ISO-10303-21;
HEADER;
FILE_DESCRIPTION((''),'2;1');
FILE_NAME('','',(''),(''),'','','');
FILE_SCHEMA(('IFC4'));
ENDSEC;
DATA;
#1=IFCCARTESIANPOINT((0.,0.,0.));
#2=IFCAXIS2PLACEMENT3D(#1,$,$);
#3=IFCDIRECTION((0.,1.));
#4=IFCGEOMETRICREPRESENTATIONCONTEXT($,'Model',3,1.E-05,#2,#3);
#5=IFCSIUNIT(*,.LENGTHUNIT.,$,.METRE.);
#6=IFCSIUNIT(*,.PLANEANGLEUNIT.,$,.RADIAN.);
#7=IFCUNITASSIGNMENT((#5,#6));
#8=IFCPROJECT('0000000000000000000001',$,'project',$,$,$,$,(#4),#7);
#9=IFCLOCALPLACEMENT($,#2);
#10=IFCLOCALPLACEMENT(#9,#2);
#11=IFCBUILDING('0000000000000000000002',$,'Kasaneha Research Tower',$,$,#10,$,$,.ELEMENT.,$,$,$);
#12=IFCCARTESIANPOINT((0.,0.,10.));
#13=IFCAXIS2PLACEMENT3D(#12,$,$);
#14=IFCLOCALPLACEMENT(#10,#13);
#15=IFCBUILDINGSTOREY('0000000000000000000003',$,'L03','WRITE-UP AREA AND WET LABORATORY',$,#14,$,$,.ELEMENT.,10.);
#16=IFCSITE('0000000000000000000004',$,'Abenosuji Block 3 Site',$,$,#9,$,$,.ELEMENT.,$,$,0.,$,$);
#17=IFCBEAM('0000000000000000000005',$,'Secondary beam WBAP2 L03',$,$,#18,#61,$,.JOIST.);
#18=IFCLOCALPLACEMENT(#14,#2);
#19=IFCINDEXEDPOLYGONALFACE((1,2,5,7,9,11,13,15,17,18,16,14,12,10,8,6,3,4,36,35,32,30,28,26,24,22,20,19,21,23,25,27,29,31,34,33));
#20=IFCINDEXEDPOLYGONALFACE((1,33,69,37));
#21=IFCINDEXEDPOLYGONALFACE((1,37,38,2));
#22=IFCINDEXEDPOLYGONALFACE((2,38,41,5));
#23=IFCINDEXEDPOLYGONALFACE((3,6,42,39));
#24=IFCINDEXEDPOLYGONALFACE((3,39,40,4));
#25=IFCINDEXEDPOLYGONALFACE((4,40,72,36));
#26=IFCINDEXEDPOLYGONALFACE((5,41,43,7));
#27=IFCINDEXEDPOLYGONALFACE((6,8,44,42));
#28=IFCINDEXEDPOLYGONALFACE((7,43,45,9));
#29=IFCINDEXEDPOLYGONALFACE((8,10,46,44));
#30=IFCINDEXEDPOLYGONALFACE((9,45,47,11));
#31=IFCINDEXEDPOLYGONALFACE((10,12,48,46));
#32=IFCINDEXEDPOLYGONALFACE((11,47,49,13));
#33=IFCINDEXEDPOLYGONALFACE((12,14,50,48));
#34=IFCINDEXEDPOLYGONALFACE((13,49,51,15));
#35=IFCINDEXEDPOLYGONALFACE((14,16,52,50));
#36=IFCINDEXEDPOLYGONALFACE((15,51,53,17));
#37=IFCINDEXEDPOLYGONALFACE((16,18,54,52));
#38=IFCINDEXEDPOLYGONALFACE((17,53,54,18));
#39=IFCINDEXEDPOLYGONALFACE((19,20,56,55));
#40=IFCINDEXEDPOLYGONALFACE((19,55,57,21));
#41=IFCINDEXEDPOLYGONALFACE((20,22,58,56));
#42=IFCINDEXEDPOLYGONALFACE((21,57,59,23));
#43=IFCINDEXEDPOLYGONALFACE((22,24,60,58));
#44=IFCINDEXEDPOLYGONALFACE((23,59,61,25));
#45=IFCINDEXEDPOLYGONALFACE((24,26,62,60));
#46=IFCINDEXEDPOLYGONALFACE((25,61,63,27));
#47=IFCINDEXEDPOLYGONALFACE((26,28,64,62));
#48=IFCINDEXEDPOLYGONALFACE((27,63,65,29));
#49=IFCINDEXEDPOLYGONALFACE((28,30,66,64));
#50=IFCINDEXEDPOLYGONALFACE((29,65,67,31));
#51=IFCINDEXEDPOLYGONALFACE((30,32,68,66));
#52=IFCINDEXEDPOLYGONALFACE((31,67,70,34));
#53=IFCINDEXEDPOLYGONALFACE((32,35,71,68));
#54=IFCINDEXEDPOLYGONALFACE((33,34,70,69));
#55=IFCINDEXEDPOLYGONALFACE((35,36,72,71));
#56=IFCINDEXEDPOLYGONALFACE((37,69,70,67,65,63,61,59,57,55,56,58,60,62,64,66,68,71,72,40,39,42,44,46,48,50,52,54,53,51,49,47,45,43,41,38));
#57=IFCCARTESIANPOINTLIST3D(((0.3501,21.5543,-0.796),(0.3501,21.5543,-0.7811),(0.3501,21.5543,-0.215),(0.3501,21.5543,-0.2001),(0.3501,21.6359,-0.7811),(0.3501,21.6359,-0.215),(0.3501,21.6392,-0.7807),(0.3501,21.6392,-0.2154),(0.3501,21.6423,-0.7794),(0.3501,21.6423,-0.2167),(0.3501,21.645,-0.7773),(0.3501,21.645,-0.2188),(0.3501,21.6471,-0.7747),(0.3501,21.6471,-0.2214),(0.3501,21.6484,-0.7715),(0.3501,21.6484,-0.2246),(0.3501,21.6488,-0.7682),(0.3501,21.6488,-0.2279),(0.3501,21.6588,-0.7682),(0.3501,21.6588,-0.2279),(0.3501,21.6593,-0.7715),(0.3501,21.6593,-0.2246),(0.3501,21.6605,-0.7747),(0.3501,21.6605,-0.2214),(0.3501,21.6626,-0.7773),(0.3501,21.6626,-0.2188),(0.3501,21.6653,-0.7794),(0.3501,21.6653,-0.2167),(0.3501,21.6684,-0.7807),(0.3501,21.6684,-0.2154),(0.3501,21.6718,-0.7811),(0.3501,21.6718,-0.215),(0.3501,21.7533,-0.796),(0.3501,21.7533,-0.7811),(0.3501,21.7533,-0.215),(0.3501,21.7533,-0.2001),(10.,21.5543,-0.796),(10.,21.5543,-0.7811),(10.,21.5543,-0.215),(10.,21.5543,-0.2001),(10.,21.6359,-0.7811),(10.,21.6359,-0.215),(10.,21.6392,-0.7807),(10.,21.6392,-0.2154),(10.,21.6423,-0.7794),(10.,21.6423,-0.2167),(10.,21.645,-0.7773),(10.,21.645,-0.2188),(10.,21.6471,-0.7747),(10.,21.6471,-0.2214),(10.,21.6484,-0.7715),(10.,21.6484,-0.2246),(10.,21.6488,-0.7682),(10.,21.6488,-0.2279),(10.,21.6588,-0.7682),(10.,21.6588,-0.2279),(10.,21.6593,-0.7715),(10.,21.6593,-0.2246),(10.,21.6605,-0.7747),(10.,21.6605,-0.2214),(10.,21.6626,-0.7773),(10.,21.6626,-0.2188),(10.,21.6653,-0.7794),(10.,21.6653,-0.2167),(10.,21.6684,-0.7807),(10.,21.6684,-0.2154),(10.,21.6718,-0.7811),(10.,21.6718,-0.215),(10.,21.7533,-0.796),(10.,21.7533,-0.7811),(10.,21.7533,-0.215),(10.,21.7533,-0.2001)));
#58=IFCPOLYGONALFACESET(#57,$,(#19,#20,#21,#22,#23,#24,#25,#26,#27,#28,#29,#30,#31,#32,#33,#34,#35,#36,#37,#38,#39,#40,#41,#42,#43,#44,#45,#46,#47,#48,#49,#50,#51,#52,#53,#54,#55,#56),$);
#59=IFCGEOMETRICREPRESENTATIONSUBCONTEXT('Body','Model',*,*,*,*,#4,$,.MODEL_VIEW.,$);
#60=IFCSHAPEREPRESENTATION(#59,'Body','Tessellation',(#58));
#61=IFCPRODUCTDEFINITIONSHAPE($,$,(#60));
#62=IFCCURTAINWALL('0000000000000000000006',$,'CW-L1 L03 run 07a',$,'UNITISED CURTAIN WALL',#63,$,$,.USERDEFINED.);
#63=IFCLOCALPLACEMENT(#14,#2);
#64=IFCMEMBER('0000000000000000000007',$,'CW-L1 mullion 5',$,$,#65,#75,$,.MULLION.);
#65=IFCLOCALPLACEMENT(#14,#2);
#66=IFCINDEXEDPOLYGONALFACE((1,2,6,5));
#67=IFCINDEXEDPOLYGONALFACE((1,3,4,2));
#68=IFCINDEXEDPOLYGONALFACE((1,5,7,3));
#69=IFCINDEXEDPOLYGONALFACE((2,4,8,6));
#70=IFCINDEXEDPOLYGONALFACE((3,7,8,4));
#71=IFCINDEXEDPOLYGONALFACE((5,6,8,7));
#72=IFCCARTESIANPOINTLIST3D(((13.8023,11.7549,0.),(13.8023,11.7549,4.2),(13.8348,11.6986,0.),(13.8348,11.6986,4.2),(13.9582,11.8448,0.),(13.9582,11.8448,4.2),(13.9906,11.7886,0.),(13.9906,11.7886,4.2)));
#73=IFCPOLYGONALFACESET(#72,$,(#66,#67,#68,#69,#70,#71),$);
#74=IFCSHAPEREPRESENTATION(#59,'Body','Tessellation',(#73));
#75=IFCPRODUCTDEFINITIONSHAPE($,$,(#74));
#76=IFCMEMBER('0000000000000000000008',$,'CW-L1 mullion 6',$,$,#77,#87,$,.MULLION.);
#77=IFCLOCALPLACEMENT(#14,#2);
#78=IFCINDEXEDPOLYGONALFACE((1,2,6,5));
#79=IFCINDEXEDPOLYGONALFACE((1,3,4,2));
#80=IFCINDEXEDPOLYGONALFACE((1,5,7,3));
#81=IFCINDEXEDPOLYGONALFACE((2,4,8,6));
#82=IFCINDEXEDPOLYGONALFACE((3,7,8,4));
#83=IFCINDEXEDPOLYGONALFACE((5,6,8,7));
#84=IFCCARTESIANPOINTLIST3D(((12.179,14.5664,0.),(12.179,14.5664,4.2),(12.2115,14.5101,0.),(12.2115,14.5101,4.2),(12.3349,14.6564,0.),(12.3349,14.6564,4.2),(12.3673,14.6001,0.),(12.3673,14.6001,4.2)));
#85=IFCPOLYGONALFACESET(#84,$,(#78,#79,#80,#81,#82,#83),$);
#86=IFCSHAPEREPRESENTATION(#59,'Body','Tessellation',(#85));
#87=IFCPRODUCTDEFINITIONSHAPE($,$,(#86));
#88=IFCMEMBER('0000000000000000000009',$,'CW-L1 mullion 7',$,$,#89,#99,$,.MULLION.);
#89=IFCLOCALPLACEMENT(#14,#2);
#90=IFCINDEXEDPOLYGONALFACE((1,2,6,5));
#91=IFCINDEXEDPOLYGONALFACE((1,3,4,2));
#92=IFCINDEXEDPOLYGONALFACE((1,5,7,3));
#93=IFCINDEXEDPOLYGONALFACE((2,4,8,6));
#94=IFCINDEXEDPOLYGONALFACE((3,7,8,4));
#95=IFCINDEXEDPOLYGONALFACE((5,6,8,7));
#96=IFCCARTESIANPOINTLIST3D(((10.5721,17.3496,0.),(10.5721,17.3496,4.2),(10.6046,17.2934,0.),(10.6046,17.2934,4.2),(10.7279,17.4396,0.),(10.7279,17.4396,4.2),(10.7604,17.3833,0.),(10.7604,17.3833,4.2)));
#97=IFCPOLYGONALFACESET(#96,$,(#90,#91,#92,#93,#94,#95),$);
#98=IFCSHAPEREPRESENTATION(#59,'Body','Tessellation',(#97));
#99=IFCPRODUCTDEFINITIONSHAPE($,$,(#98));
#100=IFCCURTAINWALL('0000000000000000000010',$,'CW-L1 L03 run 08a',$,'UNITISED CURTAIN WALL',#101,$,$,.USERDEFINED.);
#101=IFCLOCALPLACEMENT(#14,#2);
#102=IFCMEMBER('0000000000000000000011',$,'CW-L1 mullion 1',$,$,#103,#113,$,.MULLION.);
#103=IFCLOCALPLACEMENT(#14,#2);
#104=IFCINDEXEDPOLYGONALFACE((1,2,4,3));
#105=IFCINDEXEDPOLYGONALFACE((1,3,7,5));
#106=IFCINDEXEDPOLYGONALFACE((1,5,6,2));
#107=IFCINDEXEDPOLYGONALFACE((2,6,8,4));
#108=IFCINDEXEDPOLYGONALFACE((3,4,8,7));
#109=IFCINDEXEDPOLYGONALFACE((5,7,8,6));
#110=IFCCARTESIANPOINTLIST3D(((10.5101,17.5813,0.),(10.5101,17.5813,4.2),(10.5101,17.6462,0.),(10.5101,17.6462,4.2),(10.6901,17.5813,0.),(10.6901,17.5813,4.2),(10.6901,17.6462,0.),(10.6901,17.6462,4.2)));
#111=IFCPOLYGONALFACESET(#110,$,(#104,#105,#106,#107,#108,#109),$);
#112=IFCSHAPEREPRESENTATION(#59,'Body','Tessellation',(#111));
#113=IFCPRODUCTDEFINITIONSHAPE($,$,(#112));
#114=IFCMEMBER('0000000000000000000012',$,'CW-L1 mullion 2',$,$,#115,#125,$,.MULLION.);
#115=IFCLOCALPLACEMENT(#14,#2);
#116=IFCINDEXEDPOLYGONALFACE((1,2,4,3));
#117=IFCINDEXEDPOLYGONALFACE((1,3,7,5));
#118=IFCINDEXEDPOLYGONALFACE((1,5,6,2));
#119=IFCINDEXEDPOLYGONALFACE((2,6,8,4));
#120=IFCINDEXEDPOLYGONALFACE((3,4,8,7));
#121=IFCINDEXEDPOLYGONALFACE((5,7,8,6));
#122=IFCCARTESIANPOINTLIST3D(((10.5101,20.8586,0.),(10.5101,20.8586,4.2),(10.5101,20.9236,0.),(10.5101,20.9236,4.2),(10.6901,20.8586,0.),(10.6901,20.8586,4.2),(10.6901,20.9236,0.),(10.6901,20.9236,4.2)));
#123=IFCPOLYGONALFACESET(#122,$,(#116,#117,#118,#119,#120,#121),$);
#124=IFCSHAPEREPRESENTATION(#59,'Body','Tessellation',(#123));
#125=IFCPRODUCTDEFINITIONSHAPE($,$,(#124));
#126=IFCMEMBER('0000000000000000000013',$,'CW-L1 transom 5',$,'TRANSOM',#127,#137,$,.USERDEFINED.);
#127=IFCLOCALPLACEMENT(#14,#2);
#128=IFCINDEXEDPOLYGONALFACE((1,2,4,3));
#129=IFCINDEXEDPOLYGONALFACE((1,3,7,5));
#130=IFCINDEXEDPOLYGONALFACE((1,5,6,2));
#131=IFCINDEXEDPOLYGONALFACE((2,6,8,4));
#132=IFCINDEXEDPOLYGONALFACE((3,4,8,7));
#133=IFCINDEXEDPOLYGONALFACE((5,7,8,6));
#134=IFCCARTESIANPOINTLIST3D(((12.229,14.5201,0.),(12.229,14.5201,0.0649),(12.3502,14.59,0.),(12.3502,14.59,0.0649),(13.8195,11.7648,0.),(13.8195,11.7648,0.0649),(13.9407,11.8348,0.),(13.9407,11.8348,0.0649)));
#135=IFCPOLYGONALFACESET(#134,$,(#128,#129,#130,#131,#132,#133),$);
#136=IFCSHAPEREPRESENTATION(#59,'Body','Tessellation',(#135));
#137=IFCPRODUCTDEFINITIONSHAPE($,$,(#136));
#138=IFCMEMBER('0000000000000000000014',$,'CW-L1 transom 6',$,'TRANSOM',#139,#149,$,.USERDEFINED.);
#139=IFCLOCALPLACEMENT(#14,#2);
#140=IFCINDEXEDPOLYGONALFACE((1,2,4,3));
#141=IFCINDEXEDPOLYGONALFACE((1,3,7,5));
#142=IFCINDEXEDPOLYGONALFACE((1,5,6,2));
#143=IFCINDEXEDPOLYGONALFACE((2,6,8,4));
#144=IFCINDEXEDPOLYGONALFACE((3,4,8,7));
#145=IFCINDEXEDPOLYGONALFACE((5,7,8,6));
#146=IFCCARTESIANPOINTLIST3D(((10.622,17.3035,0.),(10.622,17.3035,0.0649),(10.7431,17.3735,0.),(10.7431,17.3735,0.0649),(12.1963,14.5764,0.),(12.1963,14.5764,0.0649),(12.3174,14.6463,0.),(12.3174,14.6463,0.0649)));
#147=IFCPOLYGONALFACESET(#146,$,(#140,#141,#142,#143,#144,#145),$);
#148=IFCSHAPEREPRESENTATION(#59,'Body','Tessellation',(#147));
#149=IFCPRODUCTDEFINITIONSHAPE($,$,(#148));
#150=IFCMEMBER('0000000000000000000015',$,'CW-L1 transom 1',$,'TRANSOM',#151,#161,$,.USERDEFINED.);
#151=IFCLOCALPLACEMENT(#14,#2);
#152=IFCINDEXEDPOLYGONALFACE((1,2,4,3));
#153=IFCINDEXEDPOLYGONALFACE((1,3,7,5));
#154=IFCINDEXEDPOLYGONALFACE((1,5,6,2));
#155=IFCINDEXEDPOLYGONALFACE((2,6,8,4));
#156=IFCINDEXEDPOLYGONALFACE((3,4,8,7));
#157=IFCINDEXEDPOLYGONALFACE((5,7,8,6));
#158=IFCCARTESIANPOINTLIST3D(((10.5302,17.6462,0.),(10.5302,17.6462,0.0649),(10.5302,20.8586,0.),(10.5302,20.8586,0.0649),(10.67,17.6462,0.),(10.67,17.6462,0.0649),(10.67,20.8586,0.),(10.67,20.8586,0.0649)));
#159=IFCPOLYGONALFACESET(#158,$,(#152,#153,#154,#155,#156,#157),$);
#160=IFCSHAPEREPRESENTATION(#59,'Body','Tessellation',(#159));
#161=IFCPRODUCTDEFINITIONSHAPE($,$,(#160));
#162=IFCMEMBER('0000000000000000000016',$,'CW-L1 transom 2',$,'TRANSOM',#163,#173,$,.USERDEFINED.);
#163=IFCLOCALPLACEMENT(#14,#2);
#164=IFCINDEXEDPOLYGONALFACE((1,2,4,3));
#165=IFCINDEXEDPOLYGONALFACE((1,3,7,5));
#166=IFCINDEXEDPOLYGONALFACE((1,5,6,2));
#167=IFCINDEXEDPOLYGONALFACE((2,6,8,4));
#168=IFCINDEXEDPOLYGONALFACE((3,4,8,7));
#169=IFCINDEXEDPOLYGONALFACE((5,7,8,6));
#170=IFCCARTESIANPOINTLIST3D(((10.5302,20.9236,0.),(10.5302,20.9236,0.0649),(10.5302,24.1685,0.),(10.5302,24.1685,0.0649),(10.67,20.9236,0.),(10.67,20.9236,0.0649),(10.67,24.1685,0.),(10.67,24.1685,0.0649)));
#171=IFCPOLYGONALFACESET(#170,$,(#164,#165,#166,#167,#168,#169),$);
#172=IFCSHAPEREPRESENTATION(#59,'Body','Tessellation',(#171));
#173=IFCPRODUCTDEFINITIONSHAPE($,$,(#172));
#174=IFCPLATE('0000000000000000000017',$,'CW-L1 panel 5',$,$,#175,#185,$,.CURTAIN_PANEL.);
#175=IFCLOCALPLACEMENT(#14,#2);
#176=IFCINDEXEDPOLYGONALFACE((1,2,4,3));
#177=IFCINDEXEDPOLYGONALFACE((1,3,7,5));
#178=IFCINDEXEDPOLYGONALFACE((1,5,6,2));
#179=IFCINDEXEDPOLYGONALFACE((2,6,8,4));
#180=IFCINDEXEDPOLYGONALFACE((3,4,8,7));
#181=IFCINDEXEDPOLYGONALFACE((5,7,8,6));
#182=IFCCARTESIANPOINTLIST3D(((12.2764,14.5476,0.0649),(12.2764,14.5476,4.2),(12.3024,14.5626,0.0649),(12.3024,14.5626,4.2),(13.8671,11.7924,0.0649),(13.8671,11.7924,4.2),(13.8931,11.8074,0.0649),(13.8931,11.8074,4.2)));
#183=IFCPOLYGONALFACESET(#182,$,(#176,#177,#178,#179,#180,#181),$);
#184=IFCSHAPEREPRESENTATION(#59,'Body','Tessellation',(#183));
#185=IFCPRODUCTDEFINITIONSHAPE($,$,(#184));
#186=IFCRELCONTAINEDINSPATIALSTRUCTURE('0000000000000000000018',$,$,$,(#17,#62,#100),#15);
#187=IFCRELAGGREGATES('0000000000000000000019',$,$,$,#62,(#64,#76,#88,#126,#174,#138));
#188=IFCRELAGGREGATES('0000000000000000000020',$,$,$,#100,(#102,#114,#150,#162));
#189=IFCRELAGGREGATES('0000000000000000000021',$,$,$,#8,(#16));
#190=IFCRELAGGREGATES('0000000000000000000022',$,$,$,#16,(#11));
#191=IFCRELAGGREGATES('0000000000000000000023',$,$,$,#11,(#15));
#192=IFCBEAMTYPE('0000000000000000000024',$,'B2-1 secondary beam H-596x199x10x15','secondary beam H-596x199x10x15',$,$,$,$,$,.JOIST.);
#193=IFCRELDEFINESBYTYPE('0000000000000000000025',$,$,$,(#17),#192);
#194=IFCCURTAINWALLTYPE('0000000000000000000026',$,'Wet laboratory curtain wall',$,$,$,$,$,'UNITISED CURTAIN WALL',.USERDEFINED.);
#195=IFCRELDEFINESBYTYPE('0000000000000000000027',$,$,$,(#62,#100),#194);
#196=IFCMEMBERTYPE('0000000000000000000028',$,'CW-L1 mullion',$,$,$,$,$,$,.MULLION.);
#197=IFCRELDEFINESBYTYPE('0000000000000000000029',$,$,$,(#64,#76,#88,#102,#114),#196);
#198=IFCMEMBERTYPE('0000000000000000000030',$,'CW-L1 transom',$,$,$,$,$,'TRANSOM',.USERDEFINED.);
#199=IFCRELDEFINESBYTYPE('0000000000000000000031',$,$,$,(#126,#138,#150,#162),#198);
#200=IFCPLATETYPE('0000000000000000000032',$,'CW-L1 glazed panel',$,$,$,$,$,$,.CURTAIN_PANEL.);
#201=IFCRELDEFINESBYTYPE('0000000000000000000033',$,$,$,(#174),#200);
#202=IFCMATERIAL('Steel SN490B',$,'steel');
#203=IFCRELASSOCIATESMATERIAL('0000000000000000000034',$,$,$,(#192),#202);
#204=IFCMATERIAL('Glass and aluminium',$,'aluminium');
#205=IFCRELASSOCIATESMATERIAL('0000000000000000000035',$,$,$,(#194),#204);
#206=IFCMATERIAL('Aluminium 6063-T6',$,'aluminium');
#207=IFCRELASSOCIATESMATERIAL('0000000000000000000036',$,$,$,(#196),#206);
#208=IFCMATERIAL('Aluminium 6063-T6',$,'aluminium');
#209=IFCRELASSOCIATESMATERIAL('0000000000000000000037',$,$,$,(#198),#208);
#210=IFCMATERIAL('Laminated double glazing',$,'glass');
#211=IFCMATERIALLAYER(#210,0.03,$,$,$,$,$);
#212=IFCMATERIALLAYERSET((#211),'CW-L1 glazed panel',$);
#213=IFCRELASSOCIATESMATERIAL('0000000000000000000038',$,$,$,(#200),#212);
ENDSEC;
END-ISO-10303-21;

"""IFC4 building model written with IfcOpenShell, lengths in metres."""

from ifc_helpers import new_model, si_unit, direction, frame, origin, origin_2d, place, context, subcontext, project, spatial, rectangle, i_section, extrude, material, layer, layer_set, material_profile, profile_set, type_object, element, aggregate, save


model = new_model("IFC4")

# Units and contexts
model_context = context("Model", 3, precision=1e-05, world=origin(), true_north=direction((0.0, 1.0)))
body_context = subcontext(model_context, "Body", "Model", "MODEL_VIEW")
ifc_project = project(units=[si_unit("LENGTHUNIT", "METRE"), si_unit("PLANEANGLEUNIT", "RADIAN")], contexts=[model_context])

# Site, building, storey
site_placement = place(None, origin())
site = spatial("IfcSite", under=ifc_project, at=site_placement, Name="Abenosuji Block 3 Site", CompositionType="ELEMENT", RefElevation=0.0)
building_placement = place(site_placement, origin())
building = spatial("IfcBuilding", under=site, at=building_placement, Name="Kasaneha Research Tower", CompositionType="ELEMENT")
storey_placement = place(building_placement, frame((0.0, 0.0, 10.0)))
storey = spatial("IfcBuildingStorey", under=building, at=storey_placement, Name="L03", Description="WRITE-UP AREA AND WET LABORATORY", CompositionType="ELEMENT", Elevation=10.0)

# Beam
ifc_material_1 = material(Name="Steel SN490B", Category="steel")
ifc_material_profile_1 = material_profile(ifc_material_1, i_section(OverallWidth=0.199, OverallDepth=0.5959, WebThickness=0.01, FlangeThickness=0.0149, FilletRadius=0.0129, at=origin_2d()), Name="H-596x199x10x15")
ifc_profile_set_1 = profile_set([ifc_material_profile_1], Name="Steel SN490B")
beam_type = type_object("IfcBeamType", Name="B2-1 secondary beam H-596x199x10x15", Description="secondary beam H-596x199x10x15", PredefinedType="JOIST", material=ifc_profile_set_1)
beam_placement = place(storey_placement, frame((10.0, 21.6538, -0.498), z_axis=(-1.0, 0.0, 0.0), x_axis=(0.0, -1.0, 0.0)))
element("IfcBeam", 1, at=beam_placement, inside=storey, type_object=beam_type, Name="Secondary beam WBAP2 L03", PredefinedType="JOIST", context=body_context, shape_type="SweptSolid", body=[
    extrude(i_section(OverallWidth=0.199, OverallDepth=0.5959, WebThickness=0.01, FlangeThickness=0.0149, FilletRadius=0.0129, at=origin_2d()), origin(), (0.0, 0.0, 1.0), 9.6499),
])

# Curtain walls, members
ifc_material_2 = material(Name="Glass and aluminium", Category="aluminium")
curtain_wall_type = type_object("IfcCurtainWallType", Name="Wet laboratory curtain wall", ElementType="UNITISED CURTAIN WALL", PredefinedType="USERDEFINED", material=ifc_material_2)
curtain_wall_1_placement = place(storey_placement, origin())
curtain_wall_1 = element("IfcCurtainWall", 2, at=curtain_wall_1_placement, inside=storey, type_object=curtain_wall_type, Name="CW-L1 L03 run 07a", ObjectType="UNITISED CURTAIN WALL", PredefinedType="USERDEFINED")
ifc_material_3 = material(Name="Aluminium 6063-T6", Category="aluminium")
ifc_material_profile_2 = material_profile(ifc_material_3, rectangle(XDim=0.0649, YDim=0.1799, at=origin_2d()), Name="CW-L1 mullion 65x180")
ifc_profile_set_2 = profile_set([ifc_material_profile_2], Name="Aluminium 6063-T6")
member_type_1 = type_object("IfcMemberType", Name="CW-L1 mullion", PredefinedType="MULLION", material=ifc_profile_set_2)
member_1_placement = place(storey_placement, frame((13.8965, 11.7717, 0.0), z_axis=(0.0, 0.0, 1.0), x_axis=(-0.5, 0.866025, 0.0)))
member_1 = element("IfcMember", 3, at=member_1_placement, type_object=member_type_1, Name="CW-L1 mullion 5", PredefinedType="MULLION", context=body_context, shape_type="SweptSolid", body=[
    extrude(rectangle(XDim=0.0649, YDim=0.1799, at=origin_2d()), origin(), (0.0, 0.0, 1.0), 4.2),
])
member_2_placement = place(storey_placement, frame((12.2732, 14.5833, 0.0), z_axis=(0.0, 0.0, 1.0), x_axis=(-0.5, 0.866025, 0.0)))
member_2 = element("IfcMember", 4, at=member_2_placement, type_object=member_type_1, Name="CW-L1 mullion 6", PredefinedType="MULLION", context=body_context, shape_type="SweptSolid", body=[
    extrude(rectangle(XDim=0.0649, YDim=0.1799, at=origin_2d()), origin(), (0.0, 0.0, 1.0), 4.2),
])
member_3_placement = place(storey_placement, frame((10.6663, 17.3665, 0.0), z_axis=(0.0, 0.0, 1.0), x_axis=(-0.5, 0.866025, 0.0)))
member_3 = element("IfcMember", 5, at=member_3_placement, type_object=member_type_1, Name="CW-L1 mullion 7", PredefinedType="MULLION", context=body_context, shape_type="SweptSolid", body=[
    extrude(rectangle(XDim=0.0649, YDim=0.1799, at=origin_2d()), origin(), (0.0, 0.0, 1.0), 4.2),
])
curtain_wall_2_placement = place(storey_placement, origin())
curtain_wall_2 = element("IfcCurtainWall", 6, at=curtain_wall_2_placement, inside=storey, type_object=curtain_wall_type, Name="CW-L1 L03 run 08a", ObjectType="UNITISED CURTAIN WALL", PredefinedType="USERDEFINED")
member_4_placement = place(storey_placement, frame((10.6001, 17.6138, 0.0), z_axis=(0.0, 0.0, 1.0), x_axis=(0.0, 1.0, 0.0)))
member_4 = element("IfcMember", 7, at=member_4_placement, type_object=member_type_1, Name="CW-L1 mullion 1", PredefinedType="MULLION", context=body_context, shape_type="SweptSolid", body=[
    extrude(rectangle(XDim=0.0649, YDim=0.1799, at=origin_2d()), origin(), (0.0, 0.0, 1.0), 4.2),
])
member_5_placement = place(storey_placement, frame((10.6001, 20.8911, 0.0), z_axis=(0.0, 0.0, 1.0), x_axis=(0.0, 1.0, 0.0)))
member_5 = element("IfcMember", 8, at=member_5_placement, type_object=member_type_1, Name="CW-L1 mullion 2", PredefinedType="MULLION", context=body_context, shape_type="SweptSolid", body=[
    extrude(rectangle(XDim=0.0649, YDim=0.1799, at=origin_2d()), origin(), (0.0, 0.0, 1.0), 4.2),
])

# Members
ifc_material_4 = material(Name="Aluminium 6063-T6", Category="aluminium")
ifc_material_profile_3 = material_profile(ifc_material_4, rectangle(XDim=0.1399, YDim=0.0649, at=origin_2d()), Name="CW-L1 transom 140x65")
ifc_profile_set_3 = profile_set([ifc_material_profile_3], Name="Aluminium 6063-T6")
member_type_2 = type_object("IfcMemberType", Name="CW-L1 transom", ElementType="TRANSOM", PredefinedType="USERDEFINED", material=ifc_profile_set_3)
member_6_placement = place(storey_placement, frame((13.8801, 11.7998, 0.0325), z_axis=(-0.499944, 0.866058, 0.0), x_axis=(-0.866058, -0.499944, 0.0)))
member_6 = element("IfcMember", 9, at=member_6_placement, type_object=member_type_2, Name="CW-L1 transom 5", ObjectType="TRANSOM", PredefinedType="USERDEFINED", context=body_context, shape_type="SweptSolid", body=[
    extrude(rectangle(XDim=0.1399, YDim=0.0649, at=origin_2d()), origin(), (0.0, 0.0, 1.0), 3.1814),
])
member_7_placement = place(storey_placement, frame((12.2568, 14.6113, 0.0325), z_axis=(-0.499942, 0.866059, 0.0), x_axis=(-0.866059, -0.499942, 0.0)))
member_7 = element("IfcMember", 10, at=member_7_placement, type_object=member_type_2, Name="CW-L1 transom 6", ObjectType="TRANSOM", PredefinedType="USERDEFINED", context=body_context, shape_type="SweptSolid", body=[
    extrude(rectangle(XDim=0.1399, YDim=0.0649, at=origin_2d()), origin(), (0.0, 0.0, 1.0), 3.1489),
])
member_8_placement = place(storey_placement, frame((10.6001, 17.6462, 0.0325), z_axis=(0.0, 1.0, 0.0), x_axis=(-1.0, 0.0, 0.0)))
member_8 = element("IfcMember", 11, at=member_8_placement, type_object=member_type_2, Name="CW-L1 transom 1", ObjectType="TRANSOM", PredefinedType="USERDEFINED", context=body_context, shape_type="SweptSolid", body=[
    extrude(rectangle(XDim=0.1399, YDim=0.0649, at=origin_2d()), origin(), (0.0, 0.0, 1.0), 3.2124),
])
member_9_placement = place(storey_placement, frame((10.6001, 20.9236, 0.0325), z_axis=(0.0, 1.0, 0.0), x_axis=(-1.0, 0.0, 0.0)))
member_9 = element("IfcMember", 12, at=member_9_placement, type_object=member_type_2, Name="CW-L1 transom 2", ObjectType="TRANSOM", PredefinedType="USERDEFINED", context=body_context, shape_type="SweptSolid", body=[
    extrude(rectangle(XDim=0.1399, YDim=0.0649, at=origin_2d()), origin(), (0.0, 0.0, 1.0), 3.2449),
])

# Plate
ifc_material_5 = material(Name="Laminated double glazing", Category="glass")
ifc_layer_1 = layer(ifc_material_5, 0.03)
ifc_layer_set_1 = layer_set([ifc_layer_1], Name="CW-L1 glazed panel")
plate_type = type_object("IfcPlateType", Name="CW-L1 glazed panel", PredefinedType="CURTAIN_PANEL", material=ifc_layer_set_1)
plate_1_placement = place(storey_placement, frame((13.0847, 13.1775, 0.0649), z_axis=(0.0, 0.0, 1.0), x_axis=(-0.5, 0.866025, 0.0)))
plate_1 = element("IfcPlate", 13, at=plate_1_placement, type_object=plate_type, Name="CW-L1 panel 5", PredefinedType="CURTAIN_PANEL", context=body_context, shape_type="SweptSolid", body=[
    extrude(rectangle(XDim=3.1814, YDim=0.03, at=origin_2d()), origin(), (0.0, 0.0, 1.0), 4.135),
])
aggregate(curtain_wall_1, [member_1, member_2, member_3, member_6, plate_1, member_7])
aggregate(curtain_wall_2, [member_4, member_5, member_8, member_9])

save(model, "model.ifc")
